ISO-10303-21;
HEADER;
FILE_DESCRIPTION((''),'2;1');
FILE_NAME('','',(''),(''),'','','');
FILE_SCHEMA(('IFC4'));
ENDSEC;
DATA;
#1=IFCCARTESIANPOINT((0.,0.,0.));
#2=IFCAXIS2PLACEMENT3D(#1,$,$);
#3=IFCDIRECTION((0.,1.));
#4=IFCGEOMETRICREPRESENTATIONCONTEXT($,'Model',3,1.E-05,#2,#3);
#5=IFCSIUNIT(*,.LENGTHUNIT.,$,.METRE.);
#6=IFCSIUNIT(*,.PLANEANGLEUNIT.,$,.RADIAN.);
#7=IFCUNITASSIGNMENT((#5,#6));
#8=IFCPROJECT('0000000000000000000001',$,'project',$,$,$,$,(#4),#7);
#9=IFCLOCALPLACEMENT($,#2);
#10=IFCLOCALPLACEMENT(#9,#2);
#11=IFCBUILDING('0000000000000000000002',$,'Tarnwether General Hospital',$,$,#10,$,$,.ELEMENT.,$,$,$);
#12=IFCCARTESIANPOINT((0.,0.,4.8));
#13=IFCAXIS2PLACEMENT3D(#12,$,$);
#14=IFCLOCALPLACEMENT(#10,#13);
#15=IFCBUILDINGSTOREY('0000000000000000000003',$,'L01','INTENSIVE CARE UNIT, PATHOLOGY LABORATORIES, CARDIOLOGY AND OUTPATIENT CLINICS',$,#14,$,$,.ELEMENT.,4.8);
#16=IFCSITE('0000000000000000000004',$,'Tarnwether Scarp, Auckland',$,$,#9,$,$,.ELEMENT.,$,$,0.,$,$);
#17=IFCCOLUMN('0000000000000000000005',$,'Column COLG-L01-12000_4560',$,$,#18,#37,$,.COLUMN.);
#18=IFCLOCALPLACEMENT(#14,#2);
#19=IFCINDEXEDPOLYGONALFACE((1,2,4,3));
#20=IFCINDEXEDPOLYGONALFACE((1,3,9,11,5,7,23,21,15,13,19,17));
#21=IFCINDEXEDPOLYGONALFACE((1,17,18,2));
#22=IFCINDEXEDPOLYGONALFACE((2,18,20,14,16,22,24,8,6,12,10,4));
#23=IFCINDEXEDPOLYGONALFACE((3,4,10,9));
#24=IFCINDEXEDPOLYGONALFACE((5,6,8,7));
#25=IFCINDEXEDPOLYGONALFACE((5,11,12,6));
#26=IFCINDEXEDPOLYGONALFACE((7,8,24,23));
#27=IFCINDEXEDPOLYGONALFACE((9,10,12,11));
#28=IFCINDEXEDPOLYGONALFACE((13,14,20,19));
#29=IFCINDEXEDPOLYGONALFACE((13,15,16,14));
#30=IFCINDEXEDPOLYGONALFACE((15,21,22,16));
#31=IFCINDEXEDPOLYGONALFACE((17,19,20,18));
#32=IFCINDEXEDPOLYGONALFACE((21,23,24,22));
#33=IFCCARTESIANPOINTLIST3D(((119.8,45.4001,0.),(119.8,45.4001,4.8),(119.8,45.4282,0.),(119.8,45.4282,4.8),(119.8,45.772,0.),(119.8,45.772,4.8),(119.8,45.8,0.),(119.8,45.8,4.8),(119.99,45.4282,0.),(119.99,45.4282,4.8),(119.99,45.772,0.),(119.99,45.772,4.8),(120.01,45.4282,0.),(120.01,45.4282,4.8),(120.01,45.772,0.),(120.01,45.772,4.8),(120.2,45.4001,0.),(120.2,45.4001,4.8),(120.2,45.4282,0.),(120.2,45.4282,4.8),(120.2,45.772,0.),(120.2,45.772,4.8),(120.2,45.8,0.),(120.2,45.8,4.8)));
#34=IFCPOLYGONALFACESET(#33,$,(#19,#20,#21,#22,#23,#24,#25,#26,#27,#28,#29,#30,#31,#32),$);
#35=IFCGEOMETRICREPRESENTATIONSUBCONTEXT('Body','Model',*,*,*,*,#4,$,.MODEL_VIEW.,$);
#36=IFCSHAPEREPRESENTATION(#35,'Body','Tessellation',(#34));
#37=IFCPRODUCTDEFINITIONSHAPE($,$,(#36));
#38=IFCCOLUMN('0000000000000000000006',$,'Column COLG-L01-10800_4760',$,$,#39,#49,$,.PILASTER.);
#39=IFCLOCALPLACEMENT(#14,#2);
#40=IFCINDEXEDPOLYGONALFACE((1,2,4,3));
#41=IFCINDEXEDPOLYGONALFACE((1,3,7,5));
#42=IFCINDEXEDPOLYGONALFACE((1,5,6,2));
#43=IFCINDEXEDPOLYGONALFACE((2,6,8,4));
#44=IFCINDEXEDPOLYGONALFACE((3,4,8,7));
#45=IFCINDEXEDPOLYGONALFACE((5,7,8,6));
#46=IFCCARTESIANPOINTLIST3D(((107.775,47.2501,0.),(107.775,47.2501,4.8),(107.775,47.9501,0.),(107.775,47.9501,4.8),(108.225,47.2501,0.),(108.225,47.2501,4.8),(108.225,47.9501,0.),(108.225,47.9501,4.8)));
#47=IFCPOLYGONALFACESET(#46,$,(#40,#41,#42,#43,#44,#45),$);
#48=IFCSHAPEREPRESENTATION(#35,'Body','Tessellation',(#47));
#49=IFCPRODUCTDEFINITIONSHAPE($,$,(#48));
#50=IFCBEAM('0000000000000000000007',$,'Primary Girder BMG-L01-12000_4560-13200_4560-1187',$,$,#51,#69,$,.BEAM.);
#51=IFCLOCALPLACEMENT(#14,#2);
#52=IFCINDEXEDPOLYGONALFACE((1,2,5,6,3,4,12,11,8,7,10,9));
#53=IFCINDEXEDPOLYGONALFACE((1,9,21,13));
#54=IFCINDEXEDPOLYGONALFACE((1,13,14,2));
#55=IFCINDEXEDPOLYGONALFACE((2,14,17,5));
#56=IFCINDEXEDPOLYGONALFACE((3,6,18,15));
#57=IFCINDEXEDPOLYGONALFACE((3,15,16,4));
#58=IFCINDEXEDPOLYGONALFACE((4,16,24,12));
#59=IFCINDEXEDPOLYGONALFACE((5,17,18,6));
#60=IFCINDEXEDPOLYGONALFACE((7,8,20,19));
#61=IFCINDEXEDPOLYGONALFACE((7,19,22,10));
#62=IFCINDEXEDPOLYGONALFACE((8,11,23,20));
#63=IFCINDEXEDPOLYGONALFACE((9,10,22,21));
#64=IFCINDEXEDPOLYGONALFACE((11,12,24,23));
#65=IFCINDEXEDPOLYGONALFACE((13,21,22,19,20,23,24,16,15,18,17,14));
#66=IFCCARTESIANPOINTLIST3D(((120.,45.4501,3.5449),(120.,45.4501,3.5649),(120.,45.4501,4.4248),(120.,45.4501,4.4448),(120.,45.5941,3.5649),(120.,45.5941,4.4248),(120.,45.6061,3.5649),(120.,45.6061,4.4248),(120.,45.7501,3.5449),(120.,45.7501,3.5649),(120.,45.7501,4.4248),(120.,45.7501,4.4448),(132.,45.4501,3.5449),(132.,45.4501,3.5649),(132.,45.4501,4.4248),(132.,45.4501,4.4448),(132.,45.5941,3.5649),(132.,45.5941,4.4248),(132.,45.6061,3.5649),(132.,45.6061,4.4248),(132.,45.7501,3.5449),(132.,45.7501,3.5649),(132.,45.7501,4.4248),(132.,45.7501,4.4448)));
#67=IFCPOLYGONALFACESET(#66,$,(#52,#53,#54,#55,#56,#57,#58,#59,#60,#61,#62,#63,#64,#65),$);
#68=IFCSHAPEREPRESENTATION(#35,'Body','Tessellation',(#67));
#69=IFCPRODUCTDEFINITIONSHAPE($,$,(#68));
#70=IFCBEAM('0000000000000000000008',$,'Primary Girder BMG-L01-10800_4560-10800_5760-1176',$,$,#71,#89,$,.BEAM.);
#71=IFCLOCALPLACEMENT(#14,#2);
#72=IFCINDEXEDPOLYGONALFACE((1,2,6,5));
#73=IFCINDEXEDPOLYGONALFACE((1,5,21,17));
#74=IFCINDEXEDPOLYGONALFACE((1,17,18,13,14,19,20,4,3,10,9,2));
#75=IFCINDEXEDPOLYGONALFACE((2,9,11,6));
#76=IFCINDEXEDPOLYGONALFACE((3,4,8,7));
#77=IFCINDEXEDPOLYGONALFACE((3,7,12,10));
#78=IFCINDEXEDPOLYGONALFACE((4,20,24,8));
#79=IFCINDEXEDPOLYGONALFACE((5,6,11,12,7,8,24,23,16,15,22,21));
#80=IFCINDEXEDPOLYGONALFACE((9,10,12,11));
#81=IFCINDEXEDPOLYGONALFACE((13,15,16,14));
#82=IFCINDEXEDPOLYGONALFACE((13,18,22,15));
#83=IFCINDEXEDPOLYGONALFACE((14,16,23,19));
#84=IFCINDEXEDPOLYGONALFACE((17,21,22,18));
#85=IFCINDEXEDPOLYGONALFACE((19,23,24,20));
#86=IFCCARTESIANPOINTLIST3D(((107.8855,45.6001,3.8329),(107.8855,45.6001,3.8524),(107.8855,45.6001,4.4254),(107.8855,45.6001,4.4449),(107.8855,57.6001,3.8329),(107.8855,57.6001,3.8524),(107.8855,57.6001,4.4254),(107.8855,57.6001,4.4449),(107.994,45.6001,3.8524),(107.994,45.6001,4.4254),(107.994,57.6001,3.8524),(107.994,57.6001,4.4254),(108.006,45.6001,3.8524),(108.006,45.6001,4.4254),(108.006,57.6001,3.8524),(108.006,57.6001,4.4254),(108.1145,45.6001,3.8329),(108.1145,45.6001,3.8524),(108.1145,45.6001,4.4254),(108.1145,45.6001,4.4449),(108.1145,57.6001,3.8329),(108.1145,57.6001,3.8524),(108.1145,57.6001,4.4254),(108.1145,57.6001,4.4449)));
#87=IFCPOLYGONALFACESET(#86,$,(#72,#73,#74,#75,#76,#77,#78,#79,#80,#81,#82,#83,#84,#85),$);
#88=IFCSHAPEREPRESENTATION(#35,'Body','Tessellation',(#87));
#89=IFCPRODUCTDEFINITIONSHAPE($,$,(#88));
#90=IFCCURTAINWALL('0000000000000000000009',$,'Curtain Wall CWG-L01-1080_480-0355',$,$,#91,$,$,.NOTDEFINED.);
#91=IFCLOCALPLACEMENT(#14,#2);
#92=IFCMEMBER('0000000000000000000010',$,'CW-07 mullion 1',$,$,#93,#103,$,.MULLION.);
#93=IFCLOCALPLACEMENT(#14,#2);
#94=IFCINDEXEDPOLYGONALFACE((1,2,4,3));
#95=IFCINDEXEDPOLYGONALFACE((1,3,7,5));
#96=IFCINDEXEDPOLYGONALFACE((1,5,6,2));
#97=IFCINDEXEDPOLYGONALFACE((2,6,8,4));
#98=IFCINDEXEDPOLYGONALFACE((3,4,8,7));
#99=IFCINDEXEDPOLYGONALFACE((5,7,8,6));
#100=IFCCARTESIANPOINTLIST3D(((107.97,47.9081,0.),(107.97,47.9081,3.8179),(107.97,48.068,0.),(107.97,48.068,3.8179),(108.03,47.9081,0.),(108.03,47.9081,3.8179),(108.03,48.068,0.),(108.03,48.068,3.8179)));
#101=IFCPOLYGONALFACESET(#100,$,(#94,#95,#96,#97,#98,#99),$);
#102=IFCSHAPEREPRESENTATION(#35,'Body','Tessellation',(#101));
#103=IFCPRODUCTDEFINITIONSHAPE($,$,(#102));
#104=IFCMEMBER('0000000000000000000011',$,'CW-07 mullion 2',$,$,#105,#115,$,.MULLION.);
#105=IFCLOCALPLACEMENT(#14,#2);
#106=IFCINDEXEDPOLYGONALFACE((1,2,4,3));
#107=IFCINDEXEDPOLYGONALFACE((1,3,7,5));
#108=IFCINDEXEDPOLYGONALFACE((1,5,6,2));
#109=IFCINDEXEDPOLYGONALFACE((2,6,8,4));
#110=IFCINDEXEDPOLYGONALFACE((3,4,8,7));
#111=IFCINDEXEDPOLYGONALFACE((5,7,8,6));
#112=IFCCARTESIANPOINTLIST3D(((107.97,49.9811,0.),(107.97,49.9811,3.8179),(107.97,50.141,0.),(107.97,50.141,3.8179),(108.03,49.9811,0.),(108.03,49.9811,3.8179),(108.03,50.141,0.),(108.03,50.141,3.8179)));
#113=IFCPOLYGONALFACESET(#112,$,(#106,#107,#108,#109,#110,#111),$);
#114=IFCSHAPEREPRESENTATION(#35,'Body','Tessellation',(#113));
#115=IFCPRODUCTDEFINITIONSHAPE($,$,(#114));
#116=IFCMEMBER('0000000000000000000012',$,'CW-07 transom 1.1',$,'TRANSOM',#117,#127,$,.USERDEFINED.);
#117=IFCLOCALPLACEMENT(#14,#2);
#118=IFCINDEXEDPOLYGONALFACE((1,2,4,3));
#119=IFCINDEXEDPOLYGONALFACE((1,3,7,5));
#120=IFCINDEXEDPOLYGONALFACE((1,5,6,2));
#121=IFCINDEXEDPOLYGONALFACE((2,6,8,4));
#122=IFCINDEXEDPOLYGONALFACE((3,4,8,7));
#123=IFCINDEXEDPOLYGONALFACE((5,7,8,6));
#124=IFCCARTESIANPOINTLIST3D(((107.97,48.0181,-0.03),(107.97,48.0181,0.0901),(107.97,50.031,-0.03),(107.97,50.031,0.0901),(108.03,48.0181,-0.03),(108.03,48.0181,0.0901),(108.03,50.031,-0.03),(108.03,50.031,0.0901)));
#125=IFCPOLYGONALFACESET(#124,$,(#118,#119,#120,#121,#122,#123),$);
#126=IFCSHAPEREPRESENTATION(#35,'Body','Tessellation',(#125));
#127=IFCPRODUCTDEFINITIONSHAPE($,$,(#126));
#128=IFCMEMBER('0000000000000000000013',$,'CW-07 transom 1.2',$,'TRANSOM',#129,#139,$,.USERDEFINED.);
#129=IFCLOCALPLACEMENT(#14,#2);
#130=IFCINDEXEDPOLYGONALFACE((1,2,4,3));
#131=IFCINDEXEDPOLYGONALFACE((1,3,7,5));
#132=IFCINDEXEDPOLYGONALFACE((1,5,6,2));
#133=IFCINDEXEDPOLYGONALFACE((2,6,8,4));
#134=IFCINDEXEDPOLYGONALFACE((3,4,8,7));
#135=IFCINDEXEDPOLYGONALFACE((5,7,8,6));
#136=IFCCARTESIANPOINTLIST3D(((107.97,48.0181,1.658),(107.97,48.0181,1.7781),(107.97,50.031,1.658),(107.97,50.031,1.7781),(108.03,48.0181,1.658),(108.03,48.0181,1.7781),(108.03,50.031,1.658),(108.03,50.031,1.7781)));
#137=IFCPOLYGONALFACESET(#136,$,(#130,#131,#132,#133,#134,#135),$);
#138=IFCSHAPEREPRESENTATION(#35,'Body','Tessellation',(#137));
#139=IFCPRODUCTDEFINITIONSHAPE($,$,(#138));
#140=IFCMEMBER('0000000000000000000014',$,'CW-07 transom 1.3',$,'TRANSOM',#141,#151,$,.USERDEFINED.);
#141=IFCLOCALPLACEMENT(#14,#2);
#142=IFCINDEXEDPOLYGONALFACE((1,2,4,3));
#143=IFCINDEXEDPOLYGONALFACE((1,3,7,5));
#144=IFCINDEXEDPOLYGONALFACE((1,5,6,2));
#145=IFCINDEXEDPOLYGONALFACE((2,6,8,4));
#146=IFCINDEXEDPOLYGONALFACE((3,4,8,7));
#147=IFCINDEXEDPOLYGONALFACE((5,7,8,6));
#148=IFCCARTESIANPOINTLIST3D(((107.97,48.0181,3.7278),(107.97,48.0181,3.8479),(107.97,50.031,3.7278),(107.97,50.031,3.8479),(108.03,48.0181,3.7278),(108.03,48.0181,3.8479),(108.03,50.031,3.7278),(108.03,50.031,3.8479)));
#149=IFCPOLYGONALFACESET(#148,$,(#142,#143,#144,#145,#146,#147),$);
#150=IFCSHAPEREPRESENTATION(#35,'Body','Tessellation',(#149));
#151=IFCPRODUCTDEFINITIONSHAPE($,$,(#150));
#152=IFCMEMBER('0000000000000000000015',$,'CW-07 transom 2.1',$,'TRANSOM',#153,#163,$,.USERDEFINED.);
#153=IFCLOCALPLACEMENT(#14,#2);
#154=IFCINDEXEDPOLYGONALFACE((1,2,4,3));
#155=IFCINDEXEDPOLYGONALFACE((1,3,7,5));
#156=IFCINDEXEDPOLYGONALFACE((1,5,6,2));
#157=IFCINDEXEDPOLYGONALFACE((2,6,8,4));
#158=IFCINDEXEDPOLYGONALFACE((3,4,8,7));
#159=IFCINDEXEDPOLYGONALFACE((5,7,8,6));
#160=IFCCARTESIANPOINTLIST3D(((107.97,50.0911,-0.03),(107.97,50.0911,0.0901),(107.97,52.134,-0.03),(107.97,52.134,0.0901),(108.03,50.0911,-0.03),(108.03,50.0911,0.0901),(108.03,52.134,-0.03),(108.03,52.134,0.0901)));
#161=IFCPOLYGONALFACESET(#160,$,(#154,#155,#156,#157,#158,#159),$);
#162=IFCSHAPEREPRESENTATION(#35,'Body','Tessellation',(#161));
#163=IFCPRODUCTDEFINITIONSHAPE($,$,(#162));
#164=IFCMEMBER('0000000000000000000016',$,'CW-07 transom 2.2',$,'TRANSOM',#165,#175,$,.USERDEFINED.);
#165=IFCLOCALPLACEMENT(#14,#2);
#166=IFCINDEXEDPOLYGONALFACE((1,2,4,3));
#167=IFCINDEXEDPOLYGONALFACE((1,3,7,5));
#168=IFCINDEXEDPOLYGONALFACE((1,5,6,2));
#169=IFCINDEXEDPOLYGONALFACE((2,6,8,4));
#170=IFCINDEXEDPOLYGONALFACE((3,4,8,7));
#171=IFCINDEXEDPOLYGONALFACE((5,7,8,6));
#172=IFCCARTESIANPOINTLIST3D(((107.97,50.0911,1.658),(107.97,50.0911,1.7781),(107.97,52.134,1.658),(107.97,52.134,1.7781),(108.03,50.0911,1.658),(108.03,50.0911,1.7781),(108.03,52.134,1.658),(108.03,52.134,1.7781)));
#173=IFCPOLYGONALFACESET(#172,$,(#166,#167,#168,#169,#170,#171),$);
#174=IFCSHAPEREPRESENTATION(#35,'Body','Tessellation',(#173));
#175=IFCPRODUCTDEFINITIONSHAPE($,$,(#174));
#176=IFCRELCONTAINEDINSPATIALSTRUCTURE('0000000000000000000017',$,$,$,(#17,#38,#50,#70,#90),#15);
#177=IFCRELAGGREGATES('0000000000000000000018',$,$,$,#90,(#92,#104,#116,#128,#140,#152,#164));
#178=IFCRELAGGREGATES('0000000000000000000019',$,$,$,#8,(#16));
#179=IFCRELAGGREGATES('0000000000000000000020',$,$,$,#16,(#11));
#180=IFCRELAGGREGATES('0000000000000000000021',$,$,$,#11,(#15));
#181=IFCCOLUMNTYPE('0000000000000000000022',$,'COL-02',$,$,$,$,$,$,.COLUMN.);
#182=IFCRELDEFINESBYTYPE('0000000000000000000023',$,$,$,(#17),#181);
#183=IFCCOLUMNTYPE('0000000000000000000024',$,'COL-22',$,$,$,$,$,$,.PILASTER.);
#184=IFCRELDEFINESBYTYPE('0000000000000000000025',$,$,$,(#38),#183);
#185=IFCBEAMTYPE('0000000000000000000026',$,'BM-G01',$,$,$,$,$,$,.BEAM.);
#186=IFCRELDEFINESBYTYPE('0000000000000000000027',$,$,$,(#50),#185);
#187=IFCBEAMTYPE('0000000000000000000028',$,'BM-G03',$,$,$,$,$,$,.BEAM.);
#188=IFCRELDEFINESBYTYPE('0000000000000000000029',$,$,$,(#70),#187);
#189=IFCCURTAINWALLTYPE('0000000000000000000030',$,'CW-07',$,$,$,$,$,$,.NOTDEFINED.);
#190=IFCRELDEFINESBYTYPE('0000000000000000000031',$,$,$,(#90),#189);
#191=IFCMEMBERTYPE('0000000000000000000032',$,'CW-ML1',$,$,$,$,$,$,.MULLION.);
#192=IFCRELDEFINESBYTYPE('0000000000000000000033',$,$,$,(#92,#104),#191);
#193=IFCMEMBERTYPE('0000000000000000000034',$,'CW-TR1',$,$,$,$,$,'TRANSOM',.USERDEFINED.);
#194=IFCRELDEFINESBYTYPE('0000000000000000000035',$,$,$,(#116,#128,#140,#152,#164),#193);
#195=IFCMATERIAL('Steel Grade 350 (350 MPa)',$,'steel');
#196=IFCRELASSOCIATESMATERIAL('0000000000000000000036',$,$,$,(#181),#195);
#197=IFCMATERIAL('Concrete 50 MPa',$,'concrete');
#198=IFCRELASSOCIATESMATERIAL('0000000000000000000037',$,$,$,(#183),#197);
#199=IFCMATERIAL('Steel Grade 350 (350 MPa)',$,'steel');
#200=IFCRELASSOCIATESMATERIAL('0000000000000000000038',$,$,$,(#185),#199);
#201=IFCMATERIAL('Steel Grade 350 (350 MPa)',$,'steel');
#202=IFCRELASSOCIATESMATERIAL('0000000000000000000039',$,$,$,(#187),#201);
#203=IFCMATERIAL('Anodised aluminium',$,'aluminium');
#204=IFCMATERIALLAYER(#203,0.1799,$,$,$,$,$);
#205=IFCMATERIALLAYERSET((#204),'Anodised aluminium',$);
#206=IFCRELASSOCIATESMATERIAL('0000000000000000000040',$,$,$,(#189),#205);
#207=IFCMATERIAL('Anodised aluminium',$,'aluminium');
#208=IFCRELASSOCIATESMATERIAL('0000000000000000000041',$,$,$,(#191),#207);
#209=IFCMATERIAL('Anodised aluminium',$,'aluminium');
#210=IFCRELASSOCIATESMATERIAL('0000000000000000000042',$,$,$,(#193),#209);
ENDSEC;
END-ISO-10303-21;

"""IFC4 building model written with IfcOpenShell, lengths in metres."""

from ifc_helpers import new_model, si_unit, direction, frame, origin, origin_2d, place, context, subcontext, project, spatial, rectangle, i_section, extrude, material, layer, layer_set, material_profile, profile_set, type_object, element, aggregate, save


model = new_model("IFC4")

# Units and contexts
model_context = context("Model", 3, precision=1e-05, world=origin(), true_north=direction((0.0, 1.0)))
body_context = subcontext(model_context, "Body", "Model", "MODEL_VIEW")
ifc_project = project(units=[si_unit("LENGTHUNIT", "METRE"), si_unit("PLANEANGLEUNIT", "RADIAN")], contexts=[model_context])

# Site, building, storey
site_placement = place(None, origin())
site = spatial("IfcSite", under=ifc_project, at=site_placement, Name="Tarnwether Scarp, Auckland", CompositionType="ELEMENT", RefElevation=0.0)
building_placement = place(site_placement, origin())
building = spatial("IfcBuilding", under=site, at=building_placement, Name="Tarnwether General Hospital", CompositionType="ELEMENT")
storey_placement = place(building_placement, frame((0.0, 0.0, 4.8)))
storey = spatial("IfcBuildingStorey", under=building, at=storey_placement, Name="L01", Description="INTENSIVE CARE UNIT, PATHOLOGY LABORATORIES, CARDIOLOGY AND OUTPATIENT CLINICS", CompositionType="ELEMENT", Elevation=4.8)

# Columns
ifc_material_1 = material(Name="Steel Grade 350 (350 MPa)", Category="steel")
ifc_material_profile_1 = material_profile(ifc_material_1, i_section(OverallWidth=0.3999, OverallDepth=0.3999, WebThickness=0.02, FlangeThickness=0.0281, at=origin_2d()), Name="400WC270")
ifc_profile_set_1 = profile_set([ifc_material_profile_1], Name="Steel Grade 350 (350 MPa)")
column_type_1 = type_object("IfcColumnType", Name="COL-02", PredefinedType="COLUMN", material=ifc_profile_set_1)
column_1_placement = place(storey_placement, frame((120.0, 45.6001, 0.0), z_axis=(0.0, 0.0, 1.0), x_axis=(1.0, 0.0, 0.0)))
element("IfcColumn", 1, at=column_1_placement, inside=storey, type_object=column_type_1, Name="Column COLG-L01-12000_4560", PredefinedType="COLUMN", context=body_context, shape_type="SweptSolid", body=[
    extrude(i_section(OverallWidth=0.3999, OverallDepth=0.3999, WebThickness=0.02, FlangeThickness=0.0281, at=origin_2d()), origin(), (0.0, 0.0, 1.0), 4.8),
])
ifc_material_2 = material(Name="Concrete 50 MPa", Category="concrete")
ifc_material_profile_2 = material_profile(ifc_material_2, rectangle(XDim=0.45, YDim=0.7, at=origin_2d()), Name="RC-PIL-450x700")
ifc_profile_set_2 = profile_set([ifc_material_profile_2], Name="Concrete 50 MPa")
column_type_2 = type_object("IfcColumnType", Name="COL-22", PredefinedType="PILASTER", material=ifc_profile_set_2)
column_2_placement = place(storey_placement, frame((108.0, 47.6001, 0.0), z_axis=(0.0, 0.0, 1.0), x_axis=(1.0, 0.0, 0.0)))
element("IfcColumn", 2, at=column_2_placement, inside=storey, type_object=column_type_2, Name="Column COLG-L01-10800_4760", PredefinedType="PILASTER", context=body_context, shape_type="SweptSolid", body=[
    extrude(rectangle(XDim=0.45, YDim=0.7, at=origin_2d()), origin(), (0.0, 0.0, 1.0), 4.8),
])

# Beams
ifc_material_3 = material(Name="Steel Grade 350 (350 MPa)", Category="steel")
ifc_material_profile_3 = material_profile(ifc_material_3, i_section(OverallWidth=0.3, OverallDepth=0.8999, WebThickness=0.012, FlangeThickness=0.02, at=origin_2d()), Name="900WB175")
ifc_profile_set_3 = profile_set([ifc_material_profile_3], Name="Steel Grade 350 (350 MPa)")
beam_type_1 = type_object("IfcBeamType", Name="BM-G01", PredefinedType="BEAM", material=ifc_profile_set_3)
beam_1_placement = place(storey_placement, frame((120.0, 45.6001, 3.9949), z_axis=(1.0, 0.0, 0.0), x_axis=(0.0, 1.0, 0.0)))
element("IfcBeam", 3, at=beam_1_placement, inside=storey, type_object=beam_type_1, Name="Primary Girder BMG-L01-12000_4560-13200_4560-1187", PredefinedType="BEAM", context=body_context, shape_type="SweptSolid", body=[
    extrude(i_section(OverallWidth=0.3, OverallDepth=0.8999, WebThickness=0.012, FlangeThickness=0.02, at=origin_2d()), origin(), (0.0, 0.0, 1.0), 12.0),
])
ifc_material_4 = material(Name="Steel Grade 350 (350 MPa)", Category="steel")
ifc_material_profile_4 = material_profile(ifc_material_4, i_section(OverallWidth=0.229, OverallDepth=0.6121, WebThickness=0.012, FlangeThickness=0.0195, at=origin_2d()), Name="610UB125")
ifc_profile_set_4 = profile_set([ifc_material_profile_4], Name="Steel Grade 350 (350 MPa)")
beam_type_2 = type_object("IfcBeamType", Name="BM-G03", PredefinedType="BEAM", material=ifc_profile_set_4)
beam_2_placement = place(storey_placement, frame((108.0, 45.6001, 4.1389), z_axis=(0.0, 1.0, 0.0), x_axis=(-1.0, 0.0, 0.0)))
element("IfcBeam", 4, at=beam_2_placement, inside=storey, type_object=beam_type_2, Name="Primary Girder BMG-L01-10800_4560-10800_5760-1176", PredefinedType="BEAM", context=body_context, shape_type="SweptSolid", body=[
    extrude(i_section(OverallWidth=0.229, OverallDepth=0.6121, WebThickness=0.012, FlangeThickness=0.0195, at=origin_2d()), origin(), (0.0, 0.0, 1.0), 12.0),
])

# Curtain wall, members
ifc_material_5 = material(Name="Anodised aluminium", Category="aluminium")
ifc_layer_1 = layer(ifc_material_5, 0.1799)
ifc_layer_set_1 = layer_set([ifc_layer_1], Name="Anodised aluminium")
curtain_wall_type = type_object("IfcCurtainWallType", Name="CW-07", PredefinedType="NOTDEFINED", material=ifc_layer_set_1)
curtain_wall_placement = place(storey_placement, origin())
curtain_wall = element("IfcCurtainWall", 5, at=curtain_wall_placement, inside=storey, type_object=curtain_wall_type, Name="Curtain Wall CWG-L01-1080_480-0355", PredefinedType="NOTDEFINED")
ifc_material_6 = material(Name="Anodised aluminium", Category="aluminium")
ifc_material_profile_5 = material_profile(ifc_material_6, rectangle(XDim=0.0601, YDim=0.1599, at=origin_2d()), Name="ALU-MUL-60x160")
ifc_profile_set_5 = profile_set([ifc_material_profile_5], Name="Anodised aluminium")
member_type_1 = type_object("IfcMemberType", Name="CW-ML1", PredefinedType="MULLION", material=ifc_profile_set_5)
member_1_placement = place(storey_placement, frame((108.0, 47.988, 0.0), z_axis=(0.0, 0.0, 1.0), x_axis=(-1.0, 0.0, 0.0)))
member_1 = element("IfcMember", 6, at=member_1_placement, type_object=member_type_1, Name="CW-07 mullion 1", PredefinedType="MULLION", context=body_context, shape_type="SweptSolid", body=[
    extrude(rectangle(XDim=0.0601, YDim=0.1599, at=origin_2d()), origin(), (0.0, 0.0, 1.0), 3.8179),
])
member_2_placement = place(storey_placement, frame((108.0, 50.061, 0.0), z_axis=(0.0, 0.0, 1.0), x_axis=(-1.0, 0.0, 0.0)))
member_2 = element("IfcMember", 7, at=member_2_placement, type_object=member_type_1, Name="CW-07 mullion 2", PredefinedType="MULLION", context=body_context, shape_type="SweptSolid", body=[
    extrude(rectangle(XDim=0.0601, YDim=0.1599, at=origin_2d()), origin(), (0.0, 0.0, 1.0), 3.8179),
])
ifc_material_7 = material(Name="Anodised aluminium", Category="aluminium")
ifc_material_profile_6 = material_profile(ifc_material_7, rectangle(XDim=0.0601, YDim=0.1201, at=origin_2d()), Name="ALU-TRN-60x120")
ifc_profile_set_6 = profile_set([ifc_material_profile_6], Name="Anodised aluminium")
member_type_2 = type_object("IfcMemberType", Name="CW-TR1", ElementType="TRANSOM", PredefinedType="USERDEFINED", material=ifc_profile_set_6)
member_3_placement = place(storey_placement, frame((108.0, 48.0181, 0.03), z_axis=(0.0, 1.0, 0.0), x_axis=(-1.0, 0.0, 0.0)))
member_3 = element("IfcMember", 8, at=member_3_placement, type_object=member_type_2, Name="CW-07 transom 1.1", ObjectType="TRANSOM", PredefinedType="USERDEFINED", context=body_context, shape_type="SweptSolid", body=[
    extrude(rectangle(XDim=0.0601, YDim=0.1201, at=origin_2d()), origin(), (0.0, 0.0, 1.0), 2.0129),
])
member_4_placement = place(storey_placement, frame((108.0, 48.0181, 1.718), z_axis=(0.0, 1.0, 0.0), x_axis=(-1.0, 0.0, 0.0)))
member_4 = element("IfcMember", 9, at=member_4_placement, type_object=member_type_2, Name="CW-07 transom 1.2", ObjectType="TRANSOM", PredefinedType="USERDEFINED", context=body_context, shape_type="SweptSolid", body=[
    extrude(rectangle(XDim=0.0601, YDim=0.1201, at=origin_2d()), origin(), (0.0, 0.0, 1.0), 2.0129),
])
member_5_placement = place(storey_placement, frame((108.0, 48.0181, 3.7878), z_axis=(0.0, 1.0, 0.0), x_axis=(-1.0, 0.0, 0.0)))
member_5 = element("IfcMember", 10, at=member_5_placement, type_object=member_type_2, Name="CW-07 transom 1.3", ObjectType="TRANSOM", PredefinedType="USERDEFINED", context=body_context, shape_type="SweptSolid", body=[
    extrude(rectangle(XDim=0.0601, YDim=0.1201, at=origin_2d()), origin(), (0.0, 0.0, 1.0), 2.0129),
])
member_6_placement = place(storey_placement, frame((108.0, 50.0911, 0.03), z_axis=(0.0, 1.0, 0.0), x_axis=(-1.0, 0.0, 0.0)))
member_6 = element("IfcMember", 11, at=member_6_placement, type_object=member_type_2, Name="CW-07 transom 2.1", ObjectType="TRANSOM", PredefinedType="USERDEFINED", context=body_context, shape_type="SweptSolid", body=[
    extrude(rectangle(XDim=0.0601, YDim=0.1201, at=origin_2d()), origin(), (0.0, 0.0, 1.0), 2.043),
])
member_7_placement = place(storey_placement, frame((108.0, 50.0911, 1.718), z_axis=(0.0, 1.0, 0.0), x_axis=(-1.0, 0.0, 0.0)))
member_7 = element("IfcMember", 12, at=member_7_placement, type_object=member_type_2, Name="CW-07 transom 2.2", ObjectType="TRANSOM", PredefinedType="USERDEFINED", context=body_context, shape_type="SweptSolid", body=[
    extrude(rectangle(XDim=0.0601, YDim=0.1201, at=origin_2d()), origin(), (0.0, 0.0, 1.0), 2.043),
])
aggregate(curtain_wall, [member_1, member_2, member_3, member_4, member_5, member_6, member_7])

save(model, "model.ifc")
